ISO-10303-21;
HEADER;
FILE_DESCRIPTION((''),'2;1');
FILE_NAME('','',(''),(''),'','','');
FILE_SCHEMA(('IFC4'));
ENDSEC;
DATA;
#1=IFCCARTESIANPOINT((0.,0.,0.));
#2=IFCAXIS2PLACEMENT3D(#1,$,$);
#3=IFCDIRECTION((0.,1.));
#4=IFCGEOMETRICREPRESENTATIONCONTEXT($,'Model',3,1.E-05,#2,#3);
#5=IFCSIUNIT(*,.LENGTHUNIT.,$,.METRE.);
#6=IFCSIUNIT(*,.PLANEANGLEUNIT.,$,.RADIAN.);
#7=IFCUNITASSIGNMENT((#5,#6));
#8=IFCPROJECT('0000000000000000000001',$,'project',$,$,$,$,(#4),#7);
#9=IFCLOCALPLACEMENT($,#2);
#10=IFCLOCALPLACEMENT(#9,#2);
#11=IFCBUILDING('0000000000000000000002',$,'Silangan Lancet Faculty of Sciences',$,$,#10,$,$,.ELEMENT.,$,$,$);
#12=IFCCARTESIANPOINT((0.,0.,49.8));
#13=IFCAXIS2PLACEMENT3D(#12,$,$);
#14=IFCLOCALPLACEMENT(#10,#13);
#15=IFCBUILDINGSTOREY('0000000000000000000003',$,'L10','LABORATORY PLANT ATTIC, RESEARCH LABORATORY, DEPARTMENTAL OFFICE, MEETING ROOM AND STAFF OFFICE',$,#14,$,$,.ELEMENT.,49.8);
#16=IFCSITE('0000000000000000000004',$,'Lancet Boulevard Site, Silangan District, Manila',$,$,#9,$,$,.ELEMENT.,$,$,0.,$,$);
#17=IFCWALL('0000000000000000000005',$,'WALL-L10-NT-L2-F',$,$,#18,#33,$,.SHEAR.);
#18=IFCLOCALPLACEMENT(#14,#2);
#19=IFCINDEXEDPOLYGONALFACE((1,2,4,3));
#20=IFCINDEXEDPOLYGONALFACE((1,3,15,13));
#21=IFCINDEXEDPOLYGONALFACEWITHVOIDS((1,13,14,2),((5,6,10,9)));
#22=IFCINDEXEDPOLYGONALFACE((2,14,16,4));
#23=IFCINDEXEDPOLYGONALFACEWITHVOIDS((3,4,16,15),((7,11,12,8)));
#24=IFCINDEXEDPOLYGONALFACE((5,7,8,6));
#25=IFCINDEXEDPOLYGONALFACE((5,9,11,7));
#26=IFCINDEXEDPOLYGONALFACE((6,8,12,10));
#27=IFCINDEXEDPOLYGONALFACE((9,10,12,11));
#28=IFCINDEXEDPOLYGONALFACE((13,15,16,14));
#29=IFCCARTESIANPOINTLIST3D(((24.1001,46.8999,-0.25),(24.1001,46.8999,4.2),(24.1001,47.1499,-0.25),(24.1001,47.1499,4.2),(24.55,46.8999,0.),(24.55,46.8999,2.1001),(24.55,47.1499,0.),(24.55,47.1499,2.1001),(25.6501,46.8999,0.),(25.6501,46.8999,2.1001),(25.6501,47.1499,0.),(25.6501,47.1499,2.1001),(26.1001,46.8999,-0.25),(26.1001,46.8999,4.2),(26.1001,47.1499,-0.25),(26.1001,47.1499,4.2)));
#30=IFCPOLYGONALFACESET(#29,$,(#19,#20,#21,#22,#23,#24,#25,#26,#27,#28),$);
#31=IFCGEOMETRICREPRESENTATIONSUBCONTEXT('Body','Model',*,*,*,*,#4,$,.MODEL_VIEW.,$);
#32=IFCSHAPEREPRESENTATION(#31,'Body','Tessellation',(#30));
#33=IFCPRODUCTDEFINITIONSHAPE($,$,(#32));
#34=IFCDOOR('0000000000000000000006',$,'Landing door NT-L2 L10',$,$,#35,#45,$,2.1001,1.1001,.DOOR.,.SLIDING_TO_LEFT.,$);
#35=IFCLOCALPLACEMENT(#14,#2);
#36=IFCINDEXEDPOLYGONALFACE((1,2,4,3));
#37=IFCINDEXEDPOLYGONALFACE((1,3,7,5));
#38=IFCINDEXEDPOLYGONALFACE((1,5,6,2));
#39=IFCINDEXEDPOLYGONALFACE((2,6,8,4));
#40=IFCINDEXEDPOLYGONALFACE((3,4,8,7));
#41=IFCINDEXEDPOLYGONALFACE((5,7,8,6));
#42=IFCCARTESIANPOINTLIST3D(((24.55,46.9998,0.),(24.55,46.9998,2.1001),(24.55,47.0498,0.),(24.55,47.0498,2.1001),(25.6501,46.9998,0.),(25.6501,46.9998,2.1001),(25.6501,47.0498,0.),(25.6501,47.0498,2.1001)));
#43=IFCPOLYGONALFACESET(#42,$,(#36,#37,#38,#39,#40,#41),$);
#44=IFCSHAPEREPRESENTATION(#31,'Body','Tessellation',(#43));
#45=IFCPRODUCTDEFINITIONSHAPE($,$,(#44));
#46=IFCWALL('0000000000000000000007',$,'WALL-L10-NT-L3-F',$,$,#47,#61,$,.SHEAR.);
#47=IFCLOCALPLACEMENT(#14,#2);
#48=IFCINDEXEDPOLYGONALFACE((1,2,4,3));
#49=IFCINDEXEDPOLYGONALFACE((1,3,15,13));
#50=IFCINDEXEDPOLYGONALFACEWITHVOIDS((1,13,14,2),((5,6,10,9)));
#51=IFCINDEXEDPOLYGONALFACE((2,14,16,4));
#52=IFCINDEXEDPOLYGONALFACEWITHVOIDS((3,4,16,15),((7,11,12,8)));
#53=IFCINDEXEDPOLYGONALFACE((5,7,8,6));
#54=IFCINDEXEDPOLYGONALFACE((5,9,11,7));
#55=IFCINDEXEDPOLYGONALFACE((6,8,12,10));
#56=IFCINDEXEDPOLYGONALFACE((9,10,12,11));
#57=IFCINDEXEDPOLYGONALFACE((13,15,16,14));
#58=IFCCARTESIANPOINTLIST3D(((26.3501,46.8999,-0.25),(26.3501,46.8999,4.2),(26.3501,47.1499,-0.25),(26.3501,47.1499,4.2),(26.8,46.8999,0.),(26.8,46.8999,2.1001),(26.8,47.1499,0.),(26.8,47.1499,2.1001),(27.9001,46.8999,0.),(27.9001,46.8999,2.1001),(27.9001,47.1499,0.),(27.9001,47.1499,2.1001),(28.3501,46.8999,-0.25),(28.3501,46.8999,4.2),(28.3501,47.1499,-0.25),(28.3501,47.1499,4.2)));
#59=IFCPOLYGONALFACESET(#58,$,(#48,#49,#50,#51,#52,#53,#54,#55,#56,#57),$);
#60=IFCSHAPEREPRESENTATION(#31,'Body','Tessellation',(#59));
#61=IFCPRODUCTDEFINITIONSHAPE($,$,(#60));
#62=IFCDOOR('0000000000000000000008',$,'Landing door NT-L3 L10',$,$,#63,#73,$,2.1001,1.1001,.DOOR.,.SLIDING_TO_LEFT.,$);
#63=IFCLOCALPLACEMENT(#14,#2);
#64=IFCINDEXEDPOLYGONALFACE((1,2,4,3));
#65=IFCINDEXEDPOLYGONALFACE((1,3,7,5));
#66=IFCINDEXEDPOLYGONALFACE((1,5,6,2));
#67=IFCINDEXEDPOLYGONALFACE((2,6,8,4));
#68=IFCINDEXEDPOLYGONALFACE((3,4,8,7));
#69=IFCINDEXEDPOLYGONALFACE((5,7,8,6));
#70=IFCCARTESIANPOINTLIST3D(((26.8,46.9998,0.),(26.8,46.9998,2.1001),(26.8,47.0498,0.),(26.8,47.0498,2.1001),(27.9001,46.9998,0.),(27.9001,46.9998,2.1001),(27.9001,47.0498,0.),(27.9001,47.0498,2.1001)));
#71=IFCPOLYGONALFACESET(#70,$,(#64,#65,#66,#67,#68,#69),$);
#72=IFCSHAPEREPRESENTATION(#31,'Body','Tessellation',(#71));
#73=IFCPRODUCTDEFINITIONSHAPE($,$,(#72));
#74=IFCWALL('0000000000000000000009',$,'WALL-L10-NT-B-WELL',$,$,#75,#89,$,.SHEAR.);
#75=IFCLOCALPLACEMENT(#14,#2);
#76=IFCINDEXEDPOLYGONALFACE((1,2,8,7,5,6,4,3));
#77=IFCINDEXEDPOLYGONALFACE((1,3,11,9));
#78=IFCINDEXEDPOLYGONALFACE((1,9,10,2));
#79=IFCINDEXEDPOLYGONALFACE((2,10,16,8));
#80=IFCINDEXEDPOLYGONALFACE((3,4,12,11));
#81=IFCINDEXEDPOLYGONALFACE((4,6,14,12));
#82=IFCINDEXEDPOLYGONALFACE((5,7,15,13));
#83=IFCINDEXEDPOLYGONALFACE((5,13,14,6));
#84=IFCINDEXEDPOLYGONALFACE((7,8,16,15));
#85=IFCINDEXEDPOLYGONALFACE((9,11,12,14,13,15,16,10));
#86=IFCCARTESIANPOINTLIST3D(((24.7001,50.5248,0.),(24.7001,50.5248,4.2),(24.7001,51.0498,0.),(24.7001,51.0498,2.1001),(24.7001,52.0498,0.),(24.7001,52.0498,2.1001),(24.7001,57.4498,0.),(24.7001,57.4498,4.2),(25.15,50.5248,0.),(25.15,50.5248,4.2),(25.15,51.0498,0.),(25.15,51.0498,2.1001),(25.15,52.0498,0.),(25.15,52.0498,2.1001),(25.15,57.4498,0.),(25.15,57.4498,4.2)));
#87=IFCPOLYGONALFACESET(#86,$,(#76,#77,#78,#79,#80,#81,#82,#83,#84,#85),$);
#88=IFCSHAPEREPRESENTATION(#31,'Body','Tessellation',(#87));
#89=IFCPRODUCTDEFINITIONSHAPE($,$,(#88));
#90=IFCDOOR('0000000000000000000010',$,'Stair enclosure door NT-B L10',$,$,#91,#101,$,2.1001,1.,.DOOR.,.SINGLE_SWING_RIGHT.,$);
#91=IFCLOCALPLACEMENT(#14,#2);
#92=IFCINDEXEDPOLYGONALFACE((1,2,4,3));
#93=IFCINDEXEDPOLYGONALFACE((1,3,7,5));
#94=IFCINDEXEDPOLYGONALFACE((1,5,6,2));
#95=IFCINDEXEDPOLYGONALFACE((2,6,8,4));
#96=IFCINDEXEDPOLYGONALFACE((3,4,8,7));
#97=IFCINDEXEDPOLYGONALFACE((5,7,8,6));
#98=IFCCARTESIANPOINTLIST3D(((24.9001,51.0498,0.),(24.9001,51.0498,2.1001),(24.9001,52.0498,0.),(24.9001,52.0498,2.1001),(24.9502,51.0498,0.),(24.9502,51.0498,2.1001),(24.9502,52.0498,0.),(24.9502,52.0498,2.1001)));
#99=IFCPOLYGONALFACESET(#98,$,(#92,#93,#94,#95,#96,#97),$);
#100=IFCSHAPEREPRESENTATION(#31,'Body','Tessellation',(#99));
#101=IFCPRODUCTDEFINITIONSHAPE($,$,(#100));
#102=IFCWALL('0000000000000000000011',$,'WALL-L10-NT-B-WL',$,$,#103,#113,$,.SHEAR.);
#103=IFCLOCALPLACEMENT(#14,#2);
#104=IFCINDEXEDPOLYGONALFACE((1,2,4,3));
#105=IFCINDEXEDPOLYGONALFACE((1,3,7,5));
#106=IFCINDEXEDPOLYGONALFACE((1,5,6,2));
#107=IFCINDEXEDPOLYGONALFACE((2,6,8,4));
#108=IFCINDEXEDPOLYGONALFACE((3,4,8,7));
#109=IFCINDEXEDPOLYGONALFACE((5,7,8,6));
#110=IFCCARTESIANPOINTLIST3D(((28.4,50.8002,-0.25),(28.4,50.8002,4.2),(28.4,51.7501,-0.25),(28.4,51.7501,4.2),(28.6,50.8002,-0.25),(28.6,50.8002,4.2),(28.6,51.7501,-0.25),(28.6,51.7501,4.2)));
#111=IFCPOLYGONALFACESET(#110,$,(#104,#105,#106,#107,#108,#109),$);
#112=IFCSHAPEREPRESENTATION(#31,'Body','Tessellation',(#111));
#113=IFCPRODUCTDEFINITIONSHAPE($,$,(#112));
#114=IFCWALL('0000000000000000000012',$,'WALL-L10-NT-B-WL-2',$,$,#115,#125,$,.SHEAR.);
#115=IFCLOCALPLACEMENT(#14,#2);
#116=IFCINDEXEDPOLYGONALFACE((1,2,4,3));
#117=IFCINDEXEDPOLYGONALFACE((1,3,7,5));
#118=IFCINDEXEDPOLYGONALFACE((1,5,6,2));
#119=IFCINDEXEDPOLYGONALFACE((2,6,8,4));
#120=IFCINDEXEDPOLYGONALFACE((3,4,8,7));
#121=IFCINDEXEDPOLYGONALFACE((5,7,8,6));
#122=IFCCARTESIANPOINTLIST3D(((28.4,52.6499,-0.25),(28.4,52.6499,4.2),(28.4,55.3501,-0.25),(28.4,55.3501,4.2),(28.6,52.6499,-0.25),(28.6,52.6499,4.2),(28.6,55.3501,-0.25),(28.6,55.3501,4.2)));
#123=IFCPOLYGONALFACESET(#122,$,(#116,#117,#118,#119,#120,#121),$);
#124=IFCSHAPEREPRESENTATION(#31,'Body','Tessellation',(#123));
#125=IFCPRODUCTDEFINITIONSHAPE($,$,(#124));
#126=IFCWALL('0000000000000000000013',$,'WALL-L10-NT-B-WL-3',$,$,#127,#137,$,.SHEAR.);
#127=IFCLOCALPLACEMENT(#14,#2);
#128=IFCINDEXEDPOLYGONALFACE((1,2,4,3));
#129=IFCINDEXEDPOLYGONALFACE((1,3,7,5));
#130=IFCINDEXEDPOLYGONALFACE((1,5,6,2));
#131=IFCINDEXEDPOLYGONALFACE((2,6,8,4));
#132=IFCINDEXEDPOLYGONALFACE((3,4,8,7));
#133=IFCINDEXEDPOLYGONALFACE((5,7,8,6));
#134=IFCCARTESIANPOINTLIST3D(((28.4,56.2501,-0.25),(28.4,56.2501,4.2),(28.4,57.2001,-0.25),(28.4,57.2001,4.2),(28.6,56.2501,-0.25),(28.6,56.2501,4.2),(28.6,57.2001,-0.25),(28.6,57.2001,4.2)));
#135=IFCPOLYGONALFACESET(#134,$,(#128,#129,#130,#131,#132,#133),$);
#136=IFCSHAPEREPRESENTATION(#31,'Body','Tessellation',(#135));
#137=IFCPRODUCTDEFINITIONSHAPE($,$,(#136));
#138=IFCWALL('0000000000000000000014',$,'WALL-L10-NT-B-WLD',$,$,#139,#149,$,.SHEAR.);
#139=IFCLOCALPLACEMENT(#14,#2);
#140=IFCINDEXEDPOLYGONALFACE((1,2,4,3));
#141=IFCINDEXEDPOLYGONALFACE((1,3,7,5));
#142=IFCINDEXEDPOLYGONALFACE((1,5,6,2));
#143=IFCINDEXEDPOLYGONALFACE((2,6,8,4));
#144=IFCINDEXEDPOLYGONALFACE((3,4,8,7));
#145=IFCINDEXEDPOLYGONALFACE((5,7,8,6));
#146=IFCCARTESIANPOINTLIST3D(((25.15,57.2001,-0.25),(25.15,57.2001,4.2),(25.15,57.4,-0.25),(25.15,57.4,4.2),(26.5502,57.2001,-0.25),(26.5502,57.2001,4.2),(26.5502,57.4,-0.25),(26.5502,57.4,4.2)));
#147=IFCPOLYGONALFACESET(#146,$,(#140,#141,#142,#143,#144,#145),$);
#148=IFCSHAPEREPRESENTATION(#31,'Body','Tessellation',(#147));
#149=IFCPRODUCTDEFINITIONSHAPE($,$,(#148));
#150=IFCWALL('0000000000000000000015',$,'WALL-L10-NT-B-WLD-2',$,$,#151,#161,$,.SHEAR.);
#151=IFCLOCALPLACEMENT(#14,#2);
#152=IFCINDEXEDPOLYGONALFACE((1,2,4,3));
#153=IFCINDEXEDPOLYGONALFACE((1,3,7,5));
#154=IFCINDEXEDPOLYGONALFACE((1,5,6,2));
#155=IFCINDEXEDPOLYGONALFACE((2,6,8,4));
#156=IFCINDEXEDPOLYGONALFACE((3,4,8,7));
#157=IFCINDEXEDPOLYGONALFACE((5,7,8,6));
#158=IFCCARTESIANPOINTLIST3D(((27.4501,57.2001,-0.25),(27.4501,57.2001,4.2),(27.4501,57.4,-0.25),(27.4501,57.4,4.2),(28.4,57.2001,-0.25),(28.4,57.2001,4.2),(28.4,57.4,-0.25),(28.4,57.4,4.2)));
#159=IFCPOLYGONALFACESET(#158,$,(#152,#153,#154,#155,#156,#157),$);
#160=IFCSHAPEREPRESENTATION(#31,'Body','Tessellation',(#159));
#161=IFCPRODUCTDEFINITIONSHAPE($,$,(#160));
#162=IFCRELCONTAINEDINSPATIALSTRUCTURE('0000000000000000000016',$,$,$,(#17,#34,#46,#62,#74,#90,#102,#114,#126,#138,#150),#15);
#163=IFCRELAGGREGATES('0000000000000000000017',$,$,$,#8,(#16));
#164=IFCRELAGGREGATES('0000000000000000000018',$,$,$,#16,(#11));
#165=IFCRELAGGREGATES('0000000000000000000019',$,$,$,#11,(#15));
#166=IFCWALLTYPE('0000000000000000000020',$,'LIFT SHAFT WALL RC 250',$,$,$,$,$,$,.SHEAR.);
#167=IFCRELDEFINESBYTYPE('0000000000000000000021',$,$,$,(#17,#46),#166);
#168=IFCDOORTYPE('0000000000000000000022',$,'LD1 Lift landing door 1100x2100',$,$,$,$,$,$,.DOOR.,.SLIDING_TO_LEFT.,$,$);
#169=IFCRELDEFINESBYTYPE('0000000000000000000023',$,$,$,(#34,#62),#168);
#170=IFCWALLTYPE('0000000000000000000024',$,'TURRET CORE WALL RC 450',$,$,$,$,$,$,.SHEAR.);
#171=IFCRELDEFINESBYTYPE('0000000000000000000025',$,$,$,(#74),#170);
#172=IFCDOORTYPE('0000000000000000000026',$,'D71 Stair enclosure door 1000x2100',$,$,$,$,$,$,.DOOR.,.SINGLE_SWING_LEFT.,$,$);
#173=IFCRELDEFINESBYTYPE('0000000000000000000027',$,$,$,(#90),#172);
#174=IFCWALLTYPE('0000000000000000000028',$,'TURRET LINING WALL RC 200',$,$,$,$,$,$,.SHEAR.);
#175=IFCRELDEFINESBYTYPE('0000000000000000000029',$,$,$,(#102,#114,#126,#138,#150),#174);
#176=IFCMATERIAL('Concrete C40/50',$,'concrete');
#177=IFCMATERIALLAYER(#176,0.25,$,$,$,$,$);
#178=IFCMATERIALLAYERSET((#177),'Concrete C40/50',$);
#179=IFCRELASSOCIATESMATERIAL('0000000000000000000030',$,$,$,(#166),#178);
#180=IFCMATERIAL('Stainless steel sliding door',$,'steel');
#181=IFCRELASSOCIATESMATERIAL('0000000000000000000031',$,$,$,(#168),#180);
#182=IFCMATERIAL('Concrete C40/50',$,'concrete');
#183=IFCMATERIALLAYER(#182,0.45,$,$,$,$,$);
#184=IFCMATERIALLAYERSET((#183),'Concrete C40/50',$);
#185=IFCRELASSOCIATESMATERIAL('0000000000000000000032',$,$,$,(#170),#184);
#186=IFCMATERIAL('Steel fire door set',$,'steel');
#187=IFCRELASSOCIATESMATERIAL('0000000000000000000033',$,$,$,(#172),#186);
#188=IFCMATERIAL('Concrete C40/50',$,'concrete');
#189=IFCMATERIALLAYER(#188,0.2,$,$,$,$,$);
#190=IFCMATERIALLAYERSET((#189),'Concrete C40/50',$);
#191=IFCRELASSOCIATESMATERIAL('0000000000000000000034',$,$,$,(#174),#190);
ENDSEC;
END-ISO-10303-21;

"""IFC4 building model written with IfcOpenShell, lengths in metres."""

from ifc_helpers import new_model, si_unit, direction, frame, frame_2d, origin, place, context, subcontext, project, spatial, rectangle, extrude, material, layer, layer_set, type_object, element, fill, save


model = new_model("IFC4")

# Units and contexts
model_context = context("Model", 3, precision=1e-05, world=origin(), true_north=direction((0.0, 1.0)))
body_context = subcontext(model_context, "Body", "Model", "MODEL_VIEW")
ifc_project = project(units=[si_unit("LENGTHUNIT", "METRE"), si_unit("PLANEANGLEUNIT", "RADIAN")], contexts=[model_context])

# Site, building, storey
site_placement = place(None, origin())
site = spatial("IfcSite", under=ifc_project, at=site_placement, Name="Lancet Boulevard Site, Silangan District, Manila", CompositionType="ELEMENT", RefElevation=0.0)
building_placement = place(site_placement, origin())
building = spatial("IfcBuilding", under=site, at=building_placement, Name="Silangan Lancet Faculty of Sciences", CompositionType="ELEMENT")
storey_placement = place(building_placement, frame((0.0, 0.0, 49.8)))
storey = spatial("IfcBuildingStorey", under=building, at=storey_placement, Name="L10", Description="LABORATORY PLANT ATTIC, RESEARCH LABORATORY, DEPARTMENTAL OFFICE, MEETING ROOM AND STAFF OFFICE", CompositionType="ELEMENT", Elevation=49.8)

# Walls, openings, doors
ifc_material_1 = material(Name="Concrete C40/50", Category="concrete")
ifc_layer_1 = layer(ifc_material_1, 0.25)
ifc_layer_set_1 = layer_set([ifc_layer_1], Name="Concrete C40/50")
wall_type_1 = type_object("IfcWallType", Name="LIFT SHAFT WALL RC 250", PredefinedType="SHEAR", material=ifc_layer_set_1)
wall_1_placement = place(storey_placement, frame((24.1001, 47.0249, -0.25), z_axis=(0.0, 0.0, 1.0), x_axis=(1.0, 0.0, 0.0)))
wall_1 = element("IfcWall", 1, at=wall_1_placement, inside=storey, type_object=wall_type_1, Name="WALL-L10-NT-L2-F", PredefinedType="SHEAR", context=body_context, shape_type="SweptSolid", body=[
    extrude(rectangle(XDim=2.0, YDim=0.25, at=frame_2d((1.0, 0.0))), origin(), (0.0, 0.0, 1.0), 4.45),
])
opening_1_placement = place(wall_1_placement, frame((0.45, 0.0, 0.25)))
opening_1 = element("IfcOpeningElement", 2, at=opening_1_placement, cuts=wall_1, PredefinedType="OPENING", context=body_context, shape_type="SweptSolid", body=[
    extrude(rectangle(XDim=1.1001, YDim=2.1001, at=frame_2d((0.55, 1.05))), frame((0.0, 0.135, 0.0), z_axis=(0.0, -1.0, 0.0), x_axis=(1.0, 0.0, 0.0)), (0.0, 0.0, 1.0), 0.27),
])
ifc_material_2 = material(Name="Stainless steel sliding door", Category="steel")
door_type_1 = type_object("IfcDoorType", Name="LD1 Lift landing door 1100x2100", OperationType="SLIDING_TO_LEFT", PredefinedType="DOOR", material=ifc_material_2)
door_1_placement = place(opening_1_placement, origin())
door_1 = element("IfcDoor", 3, at=door_1_placement, inside=storey, type_object=door_type_1, Name="Landing door NT-L2 L10", OperationType="SLIDING_TO_LEFT", OverallHeight=2.1001, OverallWidth=1.1001, PredefinedType="DOOR", context=body_context, shape_type="SweptSolid", body=[
    extrude(rectangle(XDim=1.1001, YDim=2.1001, at=frame_2d((0.55, 1.05))), frame((0.0, 0.0249, 0.0), z_axis=(0.0, -1.0, 0.0), x_axis=(1.0, 0.0, 0.0)), (0.0, 0.0, 1.0), 0.05),
])
fill(opening_1, door_1)
wall_2_placement = place(storey_placement, frame((26.3501, 47.0249, -0.25), z_axis=(0.0, 0.0, 1.0), x_axis=(1.0, 0.0, 0.0)))
wall_2 = element("IfcWall", 4, at=wall_2_placement, inside=storey, type_object=wall_type_1, Name="WALL-L10-NT-L3-F", PredefinedType="SHEAR", context=body_context, shape_type="SweptSolid", body=[
    extrude(rectangle(XDim=2.0, YDim=0.25, at=frame_2d((1.0, 0.0))), origin(), (0.0, 0.0, 1.0), 4.45),
])
opening_2_placement = place(wall_2_placement, frame((0.45, 0.0, 0.25)))
opening_2 = element("IfcOpeningElement", 5, at=opening_2_placement, cuts=wall_2, PredefinedType="OPENING", context=body_context, shape_type="SweptSolid", body=[
    extrude(rectangle(XDim=1.1001, YDim=2.1001, at=frame_2d((0.55, 1.05))), frame((0.0, 0.135, 0.0), z_axis=(0.0, -1.0, 0.0), x_axis=(1.0, 0.0, 0.0)), (0.0, 0.0, 1.0), 0.27),
])
door_2_placement = place(opening_2_placement, origin())
door_2 = element("IfcDoor", 6, at=door_2_placement, inside=storey, type_object=door_type_1, Name="Landing door NT-L3 L10", OperationType="SLIDING_TO_LEFT", OverallHeight=2.1001, OverallWidth=1.1001, PredefinedType="DOOR", context=body_context, shape_type="SweptSolid", body=[
    extrude(rectangle(XDim=1.1001, YDim=2.1001, at=frame_2d((0.55, 1.05))), frame((0.0, 0.0249, 0.0), z_axis=(0.0, -1.0, 0.0), x_axis=(1.0, 0.0, 0.0)), (0.0, 0.0, 1.0), 0.05),
])
fill(opening_2, door_2)
ifc_material_3 = material(Name="Concrete C40/50", Category="concrete")
ifc_layer_2 = layer(ifc_material_3, 0.45)
ifc_layer_set_2 = layer_set([ifc_layer_2], Name="Concrete C40/50")
wall_type_2 = type_object("IfcWallType", Name="TURRET CORE WALL RC 450", PredefinedType="SHEAR", material=ifc_layer_set_2)
wall_3_placement = place(storey_placement, frame((24.925, 50.5249, 0.0), z_axis=(0.0, 0.0, 1.0), x_axis=(0.0, 1.0, 0.0)))
wall_3 = element("IfcWall", 7, at=wall_3_placement, inside=storey, type_object=wall_type_2, Name="WALL-L10-NT-B-WELL", PredefinedType="SHEAR", context=body_context, shape_type="SweptSolid", body=[
    extrude(rectangle(XDim=6.925, YDim=0.45, at=frame_2d((3.4624, 0.0))), origin(), (0.0, 0.0, 1.0), 4.2),
])
opening_3_placement = place(wall_3_placement, frame((0.5249, 0.0, 0.0)))
opening_3 = element("IfcOpeningElement", 8, at=opening_3_placement, cuts=wall_3, PredefinedType="OPENING", context=body_context, shape_type="SweptSolid", body=[
    extrude(rectangle(XDim=1.0, YDim=2.1001, at=frame_2d((0.5, 1.05))), frame((0.0, 0.2349, 0.0), z_axis=(0.0, -1.0, 0.0), x_axis=(1.0, 0.0, 0.0)), (0.0, 0.0, 1.0), 0.47),
])
ifc_material_4 = material(Name="Steel fire door set", Category="steel")
door_type_2 = type_object("IfcDoorType", Name="D71 Stair enclosure door 1000x2100", OperationType="SINGLE_SWING_LEFT", PredefinedType="DOOR", material=ifc_material_4)
door_3_placement = place(opening_3_placement, frame((1.0, 0.0, 0.0), z_axis=(0.0, 0.0, 1.0), x_axis=(-1.0, 0.0, 0.0)))
door_3 = element("IfcDoor", 9, at=door_3_placement, inside=storey, type_object=door_type_2, Name="Stair enclosure door NT-B L10", OperationType="SINGLE_SWING_RIGHT", OverallHeight=2.1001, OverallWidth=1.0, PredefinedType="DOOR", context=body_context, shape_type="SweptSolid", body=[
    extrude(rectangle(XDim=1.0, YDim=2.1001, at=frame_2d((0.5, 1.05))), frame((0.0, 0.0251, 0.0), z_axis=(0.0, -1.0, 0.0), x_axis=(1.0, 0.0, 0.0)), (0.0, 0.0, 1.0), 0.05),
])
fill(opening_3, door_3)

# Walls
ifc_material_5 = material(Name="Concrete C40/50", Category="concrete")
ifc_layer_3 = layer(ifc_material_5, 0.2)
ifc_layer_set_3 = layer_set([ifc_layer_3], Name="Concrete C40/50")
wall_type_3 = type_object("IfcWallType", Name="TURRET LINING WALL RC 200", PredefinedType="SHEAR", material=ifc_layer_set_3)
wall_4_placement = place(storey_placement, frame((28.5, 50.8, -0.25), z_axis=(0.0, 0.0, 1.0), x_axis=(0.0, 1.0, 0.0)))
element("IfcWall", 10, at=wall_4_placement, inside=storey, type_object=wall_type_3, Name="WALL-L10-NT-B-WL", PredefinedType="SHEAR", context=body_context, shape_type="SweptSolid", body=[
    extrude(rectangle(XDim=0.95, YDim=0.2, at=frame_2d((0.4751, 0.0))), origin(), (0.0, 0.0, 1.0), 4.45),
])
wall_5_placement = place(storey_placement, frame((28.5, 52.6499, -0.25), z_axis=(0.0, 0.0, 1.0), x_axis=(0.0, 1.0, 0.0)))
element("IfcWall", 11, at=wall_5_placement, inside=storey, type_object=wall_type_3, Name="WALL-L10-NT-B-WL-2", PredefinedType="SHEAR", context=body_context, shape_type="SweptSolid", body=[
    extrude(rectangle(XDim=2.7002, YDim=0.2, at=frame_2d((1.3501, 0.0))), origin(), (0.0, 0.0, 1.0), 4.45),
])
wall_6_placement = place(storey_placement, frame((28.5, 56.25, -0.25), z_axis=(0.0, 0.0, 1.0), x_axis=(0.0, 1.0, 0.0)))
element("IfcWall", 12, at=wall_6_placement, inside=storey, type_object=wall_type_3, Name="WALL-L10-NT-B-WL-3", PredefinedType="SHEAR", context=body_context, shape_type="SweptSolid", body=[
    extrude(rectangle(XDim=0.95, YDim=0.2, at=frame_2d((0.4751, 0.0))), origin(), (0.0, 0.0, 1.0), 4.45),
])
wall_7_placement = place(storey_placement, frame((25.1499, 57.3, -0.25), z_axis=(0.0, 0.0, 1.0), x_axis=(1.0, 0.0, 0.0)))
element("IfcWall", 13, at=wall_7_placement, inside=storey, type_object=wall_type_3, Name="WALL-L10-NT-B-WLD", PredefinedType="SHEAR", context=body_context, shape_type="SweptSolid", body=[
    extrude(rectangle(XDim=1.4001, YDim=0.2, at=frame_2d((0.7002, 0.0))), origin(), (0.0, 0.0, 1.0), 4.45),
])
wall_8_placement = place(storey_placement, frame((27.45, 57.3, -0.25), z_axis=(0.0, 0.0, 1.0), x_axis=(1.0, 0.0, 0.0)))
element("IfcWall", 14, at=wall_8_placement, inside=storey, type_object=wall_type_3, Name="WALL-L10-NT-B-WLD-2", PredefinedType="SHEAR", context=body_context, shape_type="SweptSolid", body=[
    extrude(rectangle(XDim=0.95, YDim=0.2, at=frame_2d((0.4751, 0.0))), origin(), (0.0, 0.0, 1.0), 4.45),
])

save(model, "model.ifc")
